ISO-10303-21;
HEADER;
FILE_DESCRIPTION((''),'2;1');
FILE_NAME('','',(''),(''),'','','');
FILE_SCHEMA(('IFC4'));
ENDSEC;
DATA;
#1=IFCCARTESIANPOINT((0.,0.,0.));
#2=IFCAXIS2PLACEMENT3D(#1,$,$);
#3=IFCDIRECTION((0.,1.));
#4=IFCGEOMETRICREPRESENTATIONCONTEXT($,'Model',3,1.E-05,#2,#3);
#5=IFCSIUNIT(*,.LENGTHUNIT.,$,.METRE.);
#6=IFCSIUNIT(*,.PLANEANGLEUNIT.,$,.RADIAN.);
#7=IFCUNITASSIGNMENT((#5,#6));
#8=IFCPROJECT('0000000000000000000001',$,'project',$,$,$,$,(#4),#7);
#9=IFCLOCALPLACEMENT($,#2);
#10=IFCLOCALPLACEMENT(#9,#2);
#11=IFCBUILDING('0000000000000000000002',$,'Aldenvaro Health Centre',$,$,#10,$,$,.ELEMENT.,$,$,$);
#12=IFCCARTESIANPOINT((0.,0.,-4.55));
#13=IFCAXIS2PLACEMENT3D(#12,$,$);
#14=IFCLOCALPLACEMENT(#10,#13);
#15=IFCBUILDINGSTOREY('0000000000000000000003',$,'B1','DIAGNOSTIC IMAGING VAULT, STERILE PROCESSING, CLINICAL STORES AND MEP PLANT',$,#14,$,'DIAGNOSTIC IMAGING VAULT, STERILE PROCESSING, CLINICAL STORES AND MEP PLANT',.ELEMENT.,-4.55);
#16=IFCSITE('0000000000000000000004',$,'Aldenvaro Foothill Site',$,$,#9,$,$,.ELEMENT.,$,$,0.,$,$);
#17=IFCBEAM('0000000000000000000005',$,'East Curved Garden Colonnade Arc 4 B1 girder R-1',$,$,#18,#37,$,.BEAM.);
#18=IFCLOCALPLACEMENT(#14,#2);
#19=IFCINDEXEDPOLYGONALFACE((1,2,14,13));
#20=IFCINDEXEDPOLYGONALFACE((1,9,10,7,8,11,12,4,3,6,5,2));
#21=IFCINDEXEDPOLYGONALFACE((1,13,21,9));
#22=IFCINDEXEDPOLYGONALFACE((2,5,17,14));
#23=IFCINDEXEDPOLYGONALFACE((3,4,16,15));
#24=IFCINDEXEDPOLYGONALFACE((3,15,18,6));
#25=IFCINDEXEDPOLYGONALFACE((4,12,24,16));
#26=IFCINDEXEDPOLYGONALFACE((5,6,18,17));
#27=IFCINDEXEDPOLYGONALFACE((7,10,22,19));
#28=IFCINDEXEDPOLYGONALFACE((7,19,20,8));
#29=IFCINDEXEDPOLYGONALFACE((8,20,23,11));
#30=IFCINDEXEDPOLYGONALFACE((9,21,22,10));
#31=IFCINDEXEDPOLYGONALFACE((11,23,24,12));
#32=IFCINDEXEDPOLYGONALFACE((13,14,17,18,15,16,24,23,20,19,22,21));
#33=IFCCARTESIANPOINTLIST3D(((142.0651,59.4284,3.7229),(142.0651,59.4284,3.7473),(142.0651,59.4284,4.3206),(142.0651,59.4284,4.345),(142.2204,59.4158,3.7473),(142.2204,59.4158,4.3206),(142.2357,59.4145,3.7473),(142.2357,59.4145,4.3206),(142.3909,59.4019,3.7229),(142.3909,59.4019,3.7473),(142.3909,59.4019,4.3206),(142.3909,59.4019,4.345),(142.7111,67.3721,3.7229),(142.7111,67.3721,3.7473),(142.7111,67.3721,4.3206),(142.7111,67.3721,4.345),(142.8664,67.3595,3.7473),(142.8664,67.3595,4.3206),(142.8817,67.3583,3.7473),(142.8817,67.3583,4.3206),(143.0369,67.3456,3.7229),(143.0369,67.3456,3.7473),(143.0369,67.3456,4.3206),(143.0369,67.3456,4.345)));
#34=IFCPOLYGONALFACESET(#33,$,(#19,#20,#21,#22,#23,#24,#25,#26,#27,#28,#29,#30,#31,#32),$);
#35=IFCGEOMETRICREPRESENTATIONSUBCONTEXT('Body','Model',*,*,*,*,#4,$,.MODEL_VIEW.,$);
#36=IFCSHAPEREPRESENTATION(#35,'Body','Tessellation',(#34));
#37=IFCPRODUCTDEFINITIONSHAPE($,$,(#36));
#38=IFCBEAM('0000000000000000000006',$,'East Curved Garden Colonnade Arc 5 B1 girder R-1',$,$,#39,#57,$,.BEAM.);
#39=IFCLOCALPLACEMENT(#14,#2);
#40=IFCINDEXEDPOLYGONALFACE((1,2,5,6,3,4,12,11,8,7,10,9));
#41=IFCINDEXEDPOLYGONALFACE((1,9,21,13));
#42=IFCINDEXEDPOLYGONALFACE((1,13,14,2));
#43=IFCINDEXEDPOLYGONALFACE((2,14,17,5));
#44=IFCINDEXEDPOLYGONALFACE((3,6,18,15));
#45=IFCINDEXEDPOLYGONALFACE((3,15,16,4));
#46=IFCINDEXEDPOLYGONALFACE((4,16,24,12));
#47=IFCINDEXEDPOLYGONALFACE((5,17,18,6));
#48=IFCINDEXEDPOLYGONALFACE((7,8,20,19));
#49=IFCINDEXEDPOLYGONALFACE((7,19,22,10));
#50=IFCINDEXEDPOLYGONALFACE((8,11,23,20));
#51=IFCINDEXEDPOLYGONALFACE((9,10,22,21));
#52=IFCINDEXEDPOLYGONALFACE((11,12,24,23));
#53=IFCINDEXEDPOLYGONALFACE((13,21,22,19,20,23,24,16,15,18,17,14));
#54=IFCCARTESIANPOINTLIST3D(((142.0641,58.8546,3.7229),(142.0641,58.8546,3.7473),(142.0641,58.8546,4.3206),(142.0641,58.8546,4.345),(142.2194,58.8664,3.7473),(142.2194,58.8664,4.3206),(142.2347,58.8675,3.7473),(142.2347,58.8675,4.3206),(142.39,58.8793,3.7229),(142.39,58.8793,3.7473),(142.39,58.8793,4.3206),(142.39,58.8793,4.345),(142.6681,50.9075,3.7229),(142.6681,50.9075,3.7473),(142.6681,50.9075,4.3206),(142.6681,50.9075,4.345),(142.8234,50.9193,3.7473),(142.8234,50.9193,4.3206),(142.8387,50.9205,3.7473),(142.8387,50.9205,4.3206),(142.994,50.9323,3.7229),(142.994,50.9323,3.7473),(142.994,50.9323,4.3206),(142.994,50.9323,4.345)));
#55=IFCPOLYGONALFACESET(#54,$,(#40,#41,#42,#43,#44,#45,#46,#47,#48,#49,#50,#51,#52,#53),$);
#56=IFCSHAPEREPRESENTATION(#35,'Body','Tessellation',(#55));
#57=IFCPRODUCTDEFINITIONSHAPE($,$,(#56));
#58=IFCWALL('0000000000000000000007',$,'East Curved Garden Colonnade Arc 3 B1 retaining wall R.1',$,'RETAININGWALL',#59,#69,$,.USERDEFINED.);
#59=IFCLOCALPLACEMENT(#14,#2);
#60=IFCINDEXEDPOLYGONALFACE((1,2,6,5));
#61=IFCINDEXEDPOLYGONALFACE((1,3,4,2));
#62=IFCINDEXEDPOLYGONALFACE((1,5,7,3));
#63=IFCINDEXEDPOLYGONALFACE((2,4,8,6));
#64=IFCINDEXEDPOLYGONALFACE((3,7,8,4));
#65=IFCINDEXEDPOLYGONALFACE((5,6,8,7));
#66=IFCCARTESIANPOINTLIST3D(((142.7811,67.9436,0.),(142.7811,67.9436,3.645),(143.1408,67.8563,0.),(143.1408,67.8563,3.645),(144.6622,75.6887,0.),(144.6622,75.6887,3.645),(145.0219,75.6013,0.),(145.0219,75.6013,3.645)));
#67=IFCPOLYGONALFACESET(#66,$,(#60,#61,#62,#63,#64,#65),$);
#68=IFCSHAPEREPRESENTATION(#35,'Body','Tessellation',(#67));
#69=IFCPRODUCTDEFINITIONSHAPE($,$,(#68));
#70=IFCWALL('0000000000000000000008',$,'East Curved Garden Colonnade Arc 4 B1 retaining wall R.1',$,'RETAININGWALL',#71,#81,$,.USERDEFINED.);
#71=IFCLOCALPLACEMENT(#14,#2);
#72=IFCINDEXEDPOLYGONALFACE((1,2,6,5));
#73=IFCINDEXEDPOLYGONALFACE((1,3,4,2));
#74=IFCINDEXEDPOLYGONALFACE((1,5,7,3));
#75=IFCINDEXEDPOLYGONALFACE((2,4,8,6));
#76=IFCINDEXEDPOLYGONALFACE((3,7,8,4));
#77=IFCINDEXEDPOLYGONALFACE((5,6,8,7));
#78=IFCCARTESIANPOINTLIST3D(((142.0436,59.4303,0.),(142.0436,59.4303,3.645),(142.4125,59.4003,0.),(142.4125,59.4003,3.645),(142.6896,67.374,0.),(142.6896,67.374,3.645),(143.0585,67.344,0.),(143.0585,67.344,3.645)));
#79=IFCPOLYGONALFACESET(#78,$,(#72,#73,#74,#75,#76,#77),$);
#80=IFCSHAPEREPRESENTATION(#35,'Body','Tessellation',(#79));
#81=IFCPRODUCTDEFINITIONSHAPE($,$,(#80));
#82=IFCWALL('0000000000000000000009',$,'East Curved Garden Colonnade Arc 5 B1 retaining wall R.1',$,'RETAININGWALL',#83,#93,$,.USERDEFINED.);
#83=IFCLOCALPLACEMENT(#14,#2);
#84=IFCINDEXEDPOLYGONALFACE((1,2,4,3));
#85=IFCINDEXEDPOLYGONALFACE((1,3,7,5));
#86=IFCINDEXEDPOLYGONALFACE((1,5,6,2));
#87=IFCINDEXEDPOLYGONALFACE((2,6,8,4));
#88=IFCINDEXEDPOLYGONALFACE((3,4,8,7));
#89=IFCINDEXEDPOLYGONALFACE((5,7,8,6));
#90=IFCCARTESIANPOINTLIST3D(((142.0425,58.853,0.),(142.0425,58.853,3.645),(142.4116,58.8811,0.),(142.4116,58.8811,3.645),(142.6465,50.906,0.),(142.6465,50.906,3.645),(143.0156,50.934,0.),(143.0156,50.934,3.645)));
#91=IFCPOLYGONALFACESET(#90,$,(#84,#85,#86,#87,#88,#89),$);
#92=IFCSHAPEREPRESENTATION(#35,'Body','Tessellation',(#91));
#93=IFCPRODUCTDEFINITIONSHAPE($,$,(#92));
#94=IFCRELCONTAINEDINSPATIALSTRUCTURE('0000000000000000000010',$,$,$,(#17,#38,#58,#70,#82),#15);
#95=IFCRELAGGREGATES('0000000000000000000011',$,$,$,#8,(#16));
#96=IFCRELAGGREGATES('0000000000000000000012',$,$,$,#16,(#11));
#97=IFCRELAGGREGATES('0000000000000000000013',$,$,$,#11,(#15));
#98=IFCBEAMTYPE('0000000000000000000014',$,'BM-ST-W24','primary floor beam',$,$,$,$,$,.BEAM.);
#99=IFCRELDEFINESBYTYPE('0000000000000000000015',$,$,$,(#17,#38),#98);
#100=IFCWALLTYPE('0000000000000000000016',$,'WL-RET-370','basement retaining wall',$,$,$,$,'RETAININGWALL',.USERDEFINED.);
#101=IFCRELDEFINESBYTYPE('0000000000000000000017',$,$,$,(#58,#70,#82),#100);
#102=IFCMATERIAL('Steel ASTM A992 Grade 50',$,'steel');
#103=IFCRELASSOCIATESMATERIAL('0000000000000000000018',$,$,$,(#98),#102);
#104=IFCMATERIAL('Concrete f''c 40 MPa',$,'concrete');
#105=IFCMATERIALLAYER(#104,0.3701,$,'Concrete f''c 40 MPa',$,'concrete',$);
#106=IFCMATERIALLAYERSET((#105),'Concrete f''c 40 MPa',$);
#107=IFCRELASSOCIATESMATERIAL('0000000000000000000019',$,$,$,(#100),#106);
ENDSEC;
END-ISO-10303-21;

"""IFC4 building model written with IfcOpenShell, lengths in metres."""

from ifc_helpers import new_model, si_unit, direction, frame, frame_2d, origin, origin_2d, place, context, subcontext, project, spatial, rectangle, i_section, extrude, material, layer, layer_set, material_profile, profile_set, type_object, element, save


model = new_model("IFC4")

# Units and contexts
model_context = context("Model", 3, precision=1e-05, world=origin(), true_north=direction((0.0, 1.0)))
body_context = subcontext(model_context, "Body", "Model", "MODEL_VIEW")
ifc_project = project(units=[si_unit("LENGTHUNIT", "METRE"), si_unit("PLANEANGLEUNIT", "RADIAN")], contexts=[model_context])

# Site, building, storey
site_placement = place(None, origin())
site = spatial("IfcSite", under=ifc_project, at=site_placement, Name="Aldenvaro Foothill Site", CompositionType="ELEMENT", RefElevation=0.0)
building_placement = place(site_placement, origin())
building = spatial("IfcBuilding", under=site, at=building_placement, Name="Aldenvaro Health Centre", CompositionType="ELEMENT")
storey_placement = place(building_placement, frame((0.0, 0.0, -4.55)))
storey = spatial("IfcBuildingStorey", under=building, at=storey_placement, Name="B1", Description="DIAGNOSTIC IMAGING VAULT, STERILE PROCESSING, CLINICAL STORES AND MEP PLANT", LongName="DIAGNOSTIC IMAGING VAULT, STERILE PROCESSING, CLINICAL STORES AND MEP PLANT", CompositionType="ELEMENT", Elevation=-4.55)

# Shared definitions
ifc_material_1 = material(Name="Concrete f'c 40 MPa", Category="concrete")

# Beams
ifc_material_2 = material(Name="Steel ASTM A992 Grade 50", Category="steel")
ifc_material_profile_1 = material_profile(ifc_material_2, i_section(OverallWidth=0.3269, OverallDepth=0.6221, WebThickness=0.0154, FlangeThickness=0.0244, at=origin_2d()), Name="W24X131", Category="steel")
ifc_profile_set_1 = profile_set([ifc_material_profile_1], Name="Steel ASTM A992 Grade 50")
beam_type_1 = type_object("IfcBeamType", Name="BM-ST-W24", Description="primary floor beam", PredefinedType="BEAM", material=ifc_profile_set_1)
for number, where, z_axis, x_axis, name in (
    (1, (142.874, 67.3589, 4.0339), (-0.081053, -0.99671, 0.0), (0.99671, -0.081053, 0.0), "East Curved Garden Colonnade Arc 4 B1 girder R-1"),
    (2, (142.2271, 58.8669, 4.0339), (0.075785, -0.997124, 0.0), (0.997124, 0.075785, 0.0), "East Curved Garden Colonnade Arc 5 B1 girder R-1"),
):
    element("IfcBeam", number, at=place(storey_placement, frame(where, z_axis=z_axis, x_axis=x_axis)), inside=storey, type_object=beam_type_1, Name=name, PredefinedType="BEAM", context=body_context, shape_type="SweptSolid", body=[
        extrude(i_section(OverallWidth=0.3269, OverallDepth=0.6221, WebThickness=0.0154, FlangeThickness=0.0244, at=origin_2d()), origin(), (0.0, 0.0, 1.0), 7.97),
    ])

# Walls
ifc_layer = layer(ifc_material_1, 0.3701, Name="Concrete f'c 40 MPa", Category="concrete")
ifc_layer_set = layer_set([ifc_layer], Name="Concrete f'c 40 MPa")
wall_type = type_object("IfcWallType", Name="WL-RET-370", Description="basement retaining wall", ElementType="RETAININGWALL", PredefinedType="USERDEFINED", material=ifc_layer_set)
wall_placement = place(storey_placement, frame((144.842, 75.645, 0.0), z_axis=(0.0, 0.0, 1.0), x_axis=(-0.236015, -0.971749, 0.0)))
element("IfcWall", 3, at=wall_placement, inside=storey, type_object=wall_type, Name="East Curved Garden Colonnade Arc 3 B1 retaining wall R.1", ObjectType="RETAININGWALL", PredefinedType="USERDEFINED", context=body_context, shape_type="SweptSolid", body=[
    extrude(rectangle(XDim=7.9702, YDim=0.3701, at=frame_2d((3.9851, 0.0))), origin(), (0.0, 0.0, 1.0), 3.645),
])
for number, where, z_axis, x_axis, name in (
    (4, (142.874, 67.3589, 0.0), (0.0, 0.0, 1.0), (-0.081053, -0.99671, 0.0), "East Curved Garden Colonnade Arc 4 B1 retaining wall R.1"),
    (5, (142.2271, 58.8669, 0.0), (0.0, 0.0, 1.0), (0.075785, -0.997124, 0.0), "East Curved Garden Colonnade Arc 5 B1 retaining wall R.1"),
):
    element("IfcWall", number, at=place(storey_placement, frame(where, z_axis=z_axis, x_axis=x_axis)), inside=storey, type_object=wall_type, Name=name, ObjectType="RETAININGWALL", PredefinedType="USERDEFINED", context=body_context, shape_type="SweptSolid", body=[
        extrude(rectangle(XDim=7.97, YDim=0.3701, at=frame_2d((3.9849, 0.0))), origin(), (0.0, 0.0, 1.0), 3.645),
    ])

save(model, "model.ifc")
